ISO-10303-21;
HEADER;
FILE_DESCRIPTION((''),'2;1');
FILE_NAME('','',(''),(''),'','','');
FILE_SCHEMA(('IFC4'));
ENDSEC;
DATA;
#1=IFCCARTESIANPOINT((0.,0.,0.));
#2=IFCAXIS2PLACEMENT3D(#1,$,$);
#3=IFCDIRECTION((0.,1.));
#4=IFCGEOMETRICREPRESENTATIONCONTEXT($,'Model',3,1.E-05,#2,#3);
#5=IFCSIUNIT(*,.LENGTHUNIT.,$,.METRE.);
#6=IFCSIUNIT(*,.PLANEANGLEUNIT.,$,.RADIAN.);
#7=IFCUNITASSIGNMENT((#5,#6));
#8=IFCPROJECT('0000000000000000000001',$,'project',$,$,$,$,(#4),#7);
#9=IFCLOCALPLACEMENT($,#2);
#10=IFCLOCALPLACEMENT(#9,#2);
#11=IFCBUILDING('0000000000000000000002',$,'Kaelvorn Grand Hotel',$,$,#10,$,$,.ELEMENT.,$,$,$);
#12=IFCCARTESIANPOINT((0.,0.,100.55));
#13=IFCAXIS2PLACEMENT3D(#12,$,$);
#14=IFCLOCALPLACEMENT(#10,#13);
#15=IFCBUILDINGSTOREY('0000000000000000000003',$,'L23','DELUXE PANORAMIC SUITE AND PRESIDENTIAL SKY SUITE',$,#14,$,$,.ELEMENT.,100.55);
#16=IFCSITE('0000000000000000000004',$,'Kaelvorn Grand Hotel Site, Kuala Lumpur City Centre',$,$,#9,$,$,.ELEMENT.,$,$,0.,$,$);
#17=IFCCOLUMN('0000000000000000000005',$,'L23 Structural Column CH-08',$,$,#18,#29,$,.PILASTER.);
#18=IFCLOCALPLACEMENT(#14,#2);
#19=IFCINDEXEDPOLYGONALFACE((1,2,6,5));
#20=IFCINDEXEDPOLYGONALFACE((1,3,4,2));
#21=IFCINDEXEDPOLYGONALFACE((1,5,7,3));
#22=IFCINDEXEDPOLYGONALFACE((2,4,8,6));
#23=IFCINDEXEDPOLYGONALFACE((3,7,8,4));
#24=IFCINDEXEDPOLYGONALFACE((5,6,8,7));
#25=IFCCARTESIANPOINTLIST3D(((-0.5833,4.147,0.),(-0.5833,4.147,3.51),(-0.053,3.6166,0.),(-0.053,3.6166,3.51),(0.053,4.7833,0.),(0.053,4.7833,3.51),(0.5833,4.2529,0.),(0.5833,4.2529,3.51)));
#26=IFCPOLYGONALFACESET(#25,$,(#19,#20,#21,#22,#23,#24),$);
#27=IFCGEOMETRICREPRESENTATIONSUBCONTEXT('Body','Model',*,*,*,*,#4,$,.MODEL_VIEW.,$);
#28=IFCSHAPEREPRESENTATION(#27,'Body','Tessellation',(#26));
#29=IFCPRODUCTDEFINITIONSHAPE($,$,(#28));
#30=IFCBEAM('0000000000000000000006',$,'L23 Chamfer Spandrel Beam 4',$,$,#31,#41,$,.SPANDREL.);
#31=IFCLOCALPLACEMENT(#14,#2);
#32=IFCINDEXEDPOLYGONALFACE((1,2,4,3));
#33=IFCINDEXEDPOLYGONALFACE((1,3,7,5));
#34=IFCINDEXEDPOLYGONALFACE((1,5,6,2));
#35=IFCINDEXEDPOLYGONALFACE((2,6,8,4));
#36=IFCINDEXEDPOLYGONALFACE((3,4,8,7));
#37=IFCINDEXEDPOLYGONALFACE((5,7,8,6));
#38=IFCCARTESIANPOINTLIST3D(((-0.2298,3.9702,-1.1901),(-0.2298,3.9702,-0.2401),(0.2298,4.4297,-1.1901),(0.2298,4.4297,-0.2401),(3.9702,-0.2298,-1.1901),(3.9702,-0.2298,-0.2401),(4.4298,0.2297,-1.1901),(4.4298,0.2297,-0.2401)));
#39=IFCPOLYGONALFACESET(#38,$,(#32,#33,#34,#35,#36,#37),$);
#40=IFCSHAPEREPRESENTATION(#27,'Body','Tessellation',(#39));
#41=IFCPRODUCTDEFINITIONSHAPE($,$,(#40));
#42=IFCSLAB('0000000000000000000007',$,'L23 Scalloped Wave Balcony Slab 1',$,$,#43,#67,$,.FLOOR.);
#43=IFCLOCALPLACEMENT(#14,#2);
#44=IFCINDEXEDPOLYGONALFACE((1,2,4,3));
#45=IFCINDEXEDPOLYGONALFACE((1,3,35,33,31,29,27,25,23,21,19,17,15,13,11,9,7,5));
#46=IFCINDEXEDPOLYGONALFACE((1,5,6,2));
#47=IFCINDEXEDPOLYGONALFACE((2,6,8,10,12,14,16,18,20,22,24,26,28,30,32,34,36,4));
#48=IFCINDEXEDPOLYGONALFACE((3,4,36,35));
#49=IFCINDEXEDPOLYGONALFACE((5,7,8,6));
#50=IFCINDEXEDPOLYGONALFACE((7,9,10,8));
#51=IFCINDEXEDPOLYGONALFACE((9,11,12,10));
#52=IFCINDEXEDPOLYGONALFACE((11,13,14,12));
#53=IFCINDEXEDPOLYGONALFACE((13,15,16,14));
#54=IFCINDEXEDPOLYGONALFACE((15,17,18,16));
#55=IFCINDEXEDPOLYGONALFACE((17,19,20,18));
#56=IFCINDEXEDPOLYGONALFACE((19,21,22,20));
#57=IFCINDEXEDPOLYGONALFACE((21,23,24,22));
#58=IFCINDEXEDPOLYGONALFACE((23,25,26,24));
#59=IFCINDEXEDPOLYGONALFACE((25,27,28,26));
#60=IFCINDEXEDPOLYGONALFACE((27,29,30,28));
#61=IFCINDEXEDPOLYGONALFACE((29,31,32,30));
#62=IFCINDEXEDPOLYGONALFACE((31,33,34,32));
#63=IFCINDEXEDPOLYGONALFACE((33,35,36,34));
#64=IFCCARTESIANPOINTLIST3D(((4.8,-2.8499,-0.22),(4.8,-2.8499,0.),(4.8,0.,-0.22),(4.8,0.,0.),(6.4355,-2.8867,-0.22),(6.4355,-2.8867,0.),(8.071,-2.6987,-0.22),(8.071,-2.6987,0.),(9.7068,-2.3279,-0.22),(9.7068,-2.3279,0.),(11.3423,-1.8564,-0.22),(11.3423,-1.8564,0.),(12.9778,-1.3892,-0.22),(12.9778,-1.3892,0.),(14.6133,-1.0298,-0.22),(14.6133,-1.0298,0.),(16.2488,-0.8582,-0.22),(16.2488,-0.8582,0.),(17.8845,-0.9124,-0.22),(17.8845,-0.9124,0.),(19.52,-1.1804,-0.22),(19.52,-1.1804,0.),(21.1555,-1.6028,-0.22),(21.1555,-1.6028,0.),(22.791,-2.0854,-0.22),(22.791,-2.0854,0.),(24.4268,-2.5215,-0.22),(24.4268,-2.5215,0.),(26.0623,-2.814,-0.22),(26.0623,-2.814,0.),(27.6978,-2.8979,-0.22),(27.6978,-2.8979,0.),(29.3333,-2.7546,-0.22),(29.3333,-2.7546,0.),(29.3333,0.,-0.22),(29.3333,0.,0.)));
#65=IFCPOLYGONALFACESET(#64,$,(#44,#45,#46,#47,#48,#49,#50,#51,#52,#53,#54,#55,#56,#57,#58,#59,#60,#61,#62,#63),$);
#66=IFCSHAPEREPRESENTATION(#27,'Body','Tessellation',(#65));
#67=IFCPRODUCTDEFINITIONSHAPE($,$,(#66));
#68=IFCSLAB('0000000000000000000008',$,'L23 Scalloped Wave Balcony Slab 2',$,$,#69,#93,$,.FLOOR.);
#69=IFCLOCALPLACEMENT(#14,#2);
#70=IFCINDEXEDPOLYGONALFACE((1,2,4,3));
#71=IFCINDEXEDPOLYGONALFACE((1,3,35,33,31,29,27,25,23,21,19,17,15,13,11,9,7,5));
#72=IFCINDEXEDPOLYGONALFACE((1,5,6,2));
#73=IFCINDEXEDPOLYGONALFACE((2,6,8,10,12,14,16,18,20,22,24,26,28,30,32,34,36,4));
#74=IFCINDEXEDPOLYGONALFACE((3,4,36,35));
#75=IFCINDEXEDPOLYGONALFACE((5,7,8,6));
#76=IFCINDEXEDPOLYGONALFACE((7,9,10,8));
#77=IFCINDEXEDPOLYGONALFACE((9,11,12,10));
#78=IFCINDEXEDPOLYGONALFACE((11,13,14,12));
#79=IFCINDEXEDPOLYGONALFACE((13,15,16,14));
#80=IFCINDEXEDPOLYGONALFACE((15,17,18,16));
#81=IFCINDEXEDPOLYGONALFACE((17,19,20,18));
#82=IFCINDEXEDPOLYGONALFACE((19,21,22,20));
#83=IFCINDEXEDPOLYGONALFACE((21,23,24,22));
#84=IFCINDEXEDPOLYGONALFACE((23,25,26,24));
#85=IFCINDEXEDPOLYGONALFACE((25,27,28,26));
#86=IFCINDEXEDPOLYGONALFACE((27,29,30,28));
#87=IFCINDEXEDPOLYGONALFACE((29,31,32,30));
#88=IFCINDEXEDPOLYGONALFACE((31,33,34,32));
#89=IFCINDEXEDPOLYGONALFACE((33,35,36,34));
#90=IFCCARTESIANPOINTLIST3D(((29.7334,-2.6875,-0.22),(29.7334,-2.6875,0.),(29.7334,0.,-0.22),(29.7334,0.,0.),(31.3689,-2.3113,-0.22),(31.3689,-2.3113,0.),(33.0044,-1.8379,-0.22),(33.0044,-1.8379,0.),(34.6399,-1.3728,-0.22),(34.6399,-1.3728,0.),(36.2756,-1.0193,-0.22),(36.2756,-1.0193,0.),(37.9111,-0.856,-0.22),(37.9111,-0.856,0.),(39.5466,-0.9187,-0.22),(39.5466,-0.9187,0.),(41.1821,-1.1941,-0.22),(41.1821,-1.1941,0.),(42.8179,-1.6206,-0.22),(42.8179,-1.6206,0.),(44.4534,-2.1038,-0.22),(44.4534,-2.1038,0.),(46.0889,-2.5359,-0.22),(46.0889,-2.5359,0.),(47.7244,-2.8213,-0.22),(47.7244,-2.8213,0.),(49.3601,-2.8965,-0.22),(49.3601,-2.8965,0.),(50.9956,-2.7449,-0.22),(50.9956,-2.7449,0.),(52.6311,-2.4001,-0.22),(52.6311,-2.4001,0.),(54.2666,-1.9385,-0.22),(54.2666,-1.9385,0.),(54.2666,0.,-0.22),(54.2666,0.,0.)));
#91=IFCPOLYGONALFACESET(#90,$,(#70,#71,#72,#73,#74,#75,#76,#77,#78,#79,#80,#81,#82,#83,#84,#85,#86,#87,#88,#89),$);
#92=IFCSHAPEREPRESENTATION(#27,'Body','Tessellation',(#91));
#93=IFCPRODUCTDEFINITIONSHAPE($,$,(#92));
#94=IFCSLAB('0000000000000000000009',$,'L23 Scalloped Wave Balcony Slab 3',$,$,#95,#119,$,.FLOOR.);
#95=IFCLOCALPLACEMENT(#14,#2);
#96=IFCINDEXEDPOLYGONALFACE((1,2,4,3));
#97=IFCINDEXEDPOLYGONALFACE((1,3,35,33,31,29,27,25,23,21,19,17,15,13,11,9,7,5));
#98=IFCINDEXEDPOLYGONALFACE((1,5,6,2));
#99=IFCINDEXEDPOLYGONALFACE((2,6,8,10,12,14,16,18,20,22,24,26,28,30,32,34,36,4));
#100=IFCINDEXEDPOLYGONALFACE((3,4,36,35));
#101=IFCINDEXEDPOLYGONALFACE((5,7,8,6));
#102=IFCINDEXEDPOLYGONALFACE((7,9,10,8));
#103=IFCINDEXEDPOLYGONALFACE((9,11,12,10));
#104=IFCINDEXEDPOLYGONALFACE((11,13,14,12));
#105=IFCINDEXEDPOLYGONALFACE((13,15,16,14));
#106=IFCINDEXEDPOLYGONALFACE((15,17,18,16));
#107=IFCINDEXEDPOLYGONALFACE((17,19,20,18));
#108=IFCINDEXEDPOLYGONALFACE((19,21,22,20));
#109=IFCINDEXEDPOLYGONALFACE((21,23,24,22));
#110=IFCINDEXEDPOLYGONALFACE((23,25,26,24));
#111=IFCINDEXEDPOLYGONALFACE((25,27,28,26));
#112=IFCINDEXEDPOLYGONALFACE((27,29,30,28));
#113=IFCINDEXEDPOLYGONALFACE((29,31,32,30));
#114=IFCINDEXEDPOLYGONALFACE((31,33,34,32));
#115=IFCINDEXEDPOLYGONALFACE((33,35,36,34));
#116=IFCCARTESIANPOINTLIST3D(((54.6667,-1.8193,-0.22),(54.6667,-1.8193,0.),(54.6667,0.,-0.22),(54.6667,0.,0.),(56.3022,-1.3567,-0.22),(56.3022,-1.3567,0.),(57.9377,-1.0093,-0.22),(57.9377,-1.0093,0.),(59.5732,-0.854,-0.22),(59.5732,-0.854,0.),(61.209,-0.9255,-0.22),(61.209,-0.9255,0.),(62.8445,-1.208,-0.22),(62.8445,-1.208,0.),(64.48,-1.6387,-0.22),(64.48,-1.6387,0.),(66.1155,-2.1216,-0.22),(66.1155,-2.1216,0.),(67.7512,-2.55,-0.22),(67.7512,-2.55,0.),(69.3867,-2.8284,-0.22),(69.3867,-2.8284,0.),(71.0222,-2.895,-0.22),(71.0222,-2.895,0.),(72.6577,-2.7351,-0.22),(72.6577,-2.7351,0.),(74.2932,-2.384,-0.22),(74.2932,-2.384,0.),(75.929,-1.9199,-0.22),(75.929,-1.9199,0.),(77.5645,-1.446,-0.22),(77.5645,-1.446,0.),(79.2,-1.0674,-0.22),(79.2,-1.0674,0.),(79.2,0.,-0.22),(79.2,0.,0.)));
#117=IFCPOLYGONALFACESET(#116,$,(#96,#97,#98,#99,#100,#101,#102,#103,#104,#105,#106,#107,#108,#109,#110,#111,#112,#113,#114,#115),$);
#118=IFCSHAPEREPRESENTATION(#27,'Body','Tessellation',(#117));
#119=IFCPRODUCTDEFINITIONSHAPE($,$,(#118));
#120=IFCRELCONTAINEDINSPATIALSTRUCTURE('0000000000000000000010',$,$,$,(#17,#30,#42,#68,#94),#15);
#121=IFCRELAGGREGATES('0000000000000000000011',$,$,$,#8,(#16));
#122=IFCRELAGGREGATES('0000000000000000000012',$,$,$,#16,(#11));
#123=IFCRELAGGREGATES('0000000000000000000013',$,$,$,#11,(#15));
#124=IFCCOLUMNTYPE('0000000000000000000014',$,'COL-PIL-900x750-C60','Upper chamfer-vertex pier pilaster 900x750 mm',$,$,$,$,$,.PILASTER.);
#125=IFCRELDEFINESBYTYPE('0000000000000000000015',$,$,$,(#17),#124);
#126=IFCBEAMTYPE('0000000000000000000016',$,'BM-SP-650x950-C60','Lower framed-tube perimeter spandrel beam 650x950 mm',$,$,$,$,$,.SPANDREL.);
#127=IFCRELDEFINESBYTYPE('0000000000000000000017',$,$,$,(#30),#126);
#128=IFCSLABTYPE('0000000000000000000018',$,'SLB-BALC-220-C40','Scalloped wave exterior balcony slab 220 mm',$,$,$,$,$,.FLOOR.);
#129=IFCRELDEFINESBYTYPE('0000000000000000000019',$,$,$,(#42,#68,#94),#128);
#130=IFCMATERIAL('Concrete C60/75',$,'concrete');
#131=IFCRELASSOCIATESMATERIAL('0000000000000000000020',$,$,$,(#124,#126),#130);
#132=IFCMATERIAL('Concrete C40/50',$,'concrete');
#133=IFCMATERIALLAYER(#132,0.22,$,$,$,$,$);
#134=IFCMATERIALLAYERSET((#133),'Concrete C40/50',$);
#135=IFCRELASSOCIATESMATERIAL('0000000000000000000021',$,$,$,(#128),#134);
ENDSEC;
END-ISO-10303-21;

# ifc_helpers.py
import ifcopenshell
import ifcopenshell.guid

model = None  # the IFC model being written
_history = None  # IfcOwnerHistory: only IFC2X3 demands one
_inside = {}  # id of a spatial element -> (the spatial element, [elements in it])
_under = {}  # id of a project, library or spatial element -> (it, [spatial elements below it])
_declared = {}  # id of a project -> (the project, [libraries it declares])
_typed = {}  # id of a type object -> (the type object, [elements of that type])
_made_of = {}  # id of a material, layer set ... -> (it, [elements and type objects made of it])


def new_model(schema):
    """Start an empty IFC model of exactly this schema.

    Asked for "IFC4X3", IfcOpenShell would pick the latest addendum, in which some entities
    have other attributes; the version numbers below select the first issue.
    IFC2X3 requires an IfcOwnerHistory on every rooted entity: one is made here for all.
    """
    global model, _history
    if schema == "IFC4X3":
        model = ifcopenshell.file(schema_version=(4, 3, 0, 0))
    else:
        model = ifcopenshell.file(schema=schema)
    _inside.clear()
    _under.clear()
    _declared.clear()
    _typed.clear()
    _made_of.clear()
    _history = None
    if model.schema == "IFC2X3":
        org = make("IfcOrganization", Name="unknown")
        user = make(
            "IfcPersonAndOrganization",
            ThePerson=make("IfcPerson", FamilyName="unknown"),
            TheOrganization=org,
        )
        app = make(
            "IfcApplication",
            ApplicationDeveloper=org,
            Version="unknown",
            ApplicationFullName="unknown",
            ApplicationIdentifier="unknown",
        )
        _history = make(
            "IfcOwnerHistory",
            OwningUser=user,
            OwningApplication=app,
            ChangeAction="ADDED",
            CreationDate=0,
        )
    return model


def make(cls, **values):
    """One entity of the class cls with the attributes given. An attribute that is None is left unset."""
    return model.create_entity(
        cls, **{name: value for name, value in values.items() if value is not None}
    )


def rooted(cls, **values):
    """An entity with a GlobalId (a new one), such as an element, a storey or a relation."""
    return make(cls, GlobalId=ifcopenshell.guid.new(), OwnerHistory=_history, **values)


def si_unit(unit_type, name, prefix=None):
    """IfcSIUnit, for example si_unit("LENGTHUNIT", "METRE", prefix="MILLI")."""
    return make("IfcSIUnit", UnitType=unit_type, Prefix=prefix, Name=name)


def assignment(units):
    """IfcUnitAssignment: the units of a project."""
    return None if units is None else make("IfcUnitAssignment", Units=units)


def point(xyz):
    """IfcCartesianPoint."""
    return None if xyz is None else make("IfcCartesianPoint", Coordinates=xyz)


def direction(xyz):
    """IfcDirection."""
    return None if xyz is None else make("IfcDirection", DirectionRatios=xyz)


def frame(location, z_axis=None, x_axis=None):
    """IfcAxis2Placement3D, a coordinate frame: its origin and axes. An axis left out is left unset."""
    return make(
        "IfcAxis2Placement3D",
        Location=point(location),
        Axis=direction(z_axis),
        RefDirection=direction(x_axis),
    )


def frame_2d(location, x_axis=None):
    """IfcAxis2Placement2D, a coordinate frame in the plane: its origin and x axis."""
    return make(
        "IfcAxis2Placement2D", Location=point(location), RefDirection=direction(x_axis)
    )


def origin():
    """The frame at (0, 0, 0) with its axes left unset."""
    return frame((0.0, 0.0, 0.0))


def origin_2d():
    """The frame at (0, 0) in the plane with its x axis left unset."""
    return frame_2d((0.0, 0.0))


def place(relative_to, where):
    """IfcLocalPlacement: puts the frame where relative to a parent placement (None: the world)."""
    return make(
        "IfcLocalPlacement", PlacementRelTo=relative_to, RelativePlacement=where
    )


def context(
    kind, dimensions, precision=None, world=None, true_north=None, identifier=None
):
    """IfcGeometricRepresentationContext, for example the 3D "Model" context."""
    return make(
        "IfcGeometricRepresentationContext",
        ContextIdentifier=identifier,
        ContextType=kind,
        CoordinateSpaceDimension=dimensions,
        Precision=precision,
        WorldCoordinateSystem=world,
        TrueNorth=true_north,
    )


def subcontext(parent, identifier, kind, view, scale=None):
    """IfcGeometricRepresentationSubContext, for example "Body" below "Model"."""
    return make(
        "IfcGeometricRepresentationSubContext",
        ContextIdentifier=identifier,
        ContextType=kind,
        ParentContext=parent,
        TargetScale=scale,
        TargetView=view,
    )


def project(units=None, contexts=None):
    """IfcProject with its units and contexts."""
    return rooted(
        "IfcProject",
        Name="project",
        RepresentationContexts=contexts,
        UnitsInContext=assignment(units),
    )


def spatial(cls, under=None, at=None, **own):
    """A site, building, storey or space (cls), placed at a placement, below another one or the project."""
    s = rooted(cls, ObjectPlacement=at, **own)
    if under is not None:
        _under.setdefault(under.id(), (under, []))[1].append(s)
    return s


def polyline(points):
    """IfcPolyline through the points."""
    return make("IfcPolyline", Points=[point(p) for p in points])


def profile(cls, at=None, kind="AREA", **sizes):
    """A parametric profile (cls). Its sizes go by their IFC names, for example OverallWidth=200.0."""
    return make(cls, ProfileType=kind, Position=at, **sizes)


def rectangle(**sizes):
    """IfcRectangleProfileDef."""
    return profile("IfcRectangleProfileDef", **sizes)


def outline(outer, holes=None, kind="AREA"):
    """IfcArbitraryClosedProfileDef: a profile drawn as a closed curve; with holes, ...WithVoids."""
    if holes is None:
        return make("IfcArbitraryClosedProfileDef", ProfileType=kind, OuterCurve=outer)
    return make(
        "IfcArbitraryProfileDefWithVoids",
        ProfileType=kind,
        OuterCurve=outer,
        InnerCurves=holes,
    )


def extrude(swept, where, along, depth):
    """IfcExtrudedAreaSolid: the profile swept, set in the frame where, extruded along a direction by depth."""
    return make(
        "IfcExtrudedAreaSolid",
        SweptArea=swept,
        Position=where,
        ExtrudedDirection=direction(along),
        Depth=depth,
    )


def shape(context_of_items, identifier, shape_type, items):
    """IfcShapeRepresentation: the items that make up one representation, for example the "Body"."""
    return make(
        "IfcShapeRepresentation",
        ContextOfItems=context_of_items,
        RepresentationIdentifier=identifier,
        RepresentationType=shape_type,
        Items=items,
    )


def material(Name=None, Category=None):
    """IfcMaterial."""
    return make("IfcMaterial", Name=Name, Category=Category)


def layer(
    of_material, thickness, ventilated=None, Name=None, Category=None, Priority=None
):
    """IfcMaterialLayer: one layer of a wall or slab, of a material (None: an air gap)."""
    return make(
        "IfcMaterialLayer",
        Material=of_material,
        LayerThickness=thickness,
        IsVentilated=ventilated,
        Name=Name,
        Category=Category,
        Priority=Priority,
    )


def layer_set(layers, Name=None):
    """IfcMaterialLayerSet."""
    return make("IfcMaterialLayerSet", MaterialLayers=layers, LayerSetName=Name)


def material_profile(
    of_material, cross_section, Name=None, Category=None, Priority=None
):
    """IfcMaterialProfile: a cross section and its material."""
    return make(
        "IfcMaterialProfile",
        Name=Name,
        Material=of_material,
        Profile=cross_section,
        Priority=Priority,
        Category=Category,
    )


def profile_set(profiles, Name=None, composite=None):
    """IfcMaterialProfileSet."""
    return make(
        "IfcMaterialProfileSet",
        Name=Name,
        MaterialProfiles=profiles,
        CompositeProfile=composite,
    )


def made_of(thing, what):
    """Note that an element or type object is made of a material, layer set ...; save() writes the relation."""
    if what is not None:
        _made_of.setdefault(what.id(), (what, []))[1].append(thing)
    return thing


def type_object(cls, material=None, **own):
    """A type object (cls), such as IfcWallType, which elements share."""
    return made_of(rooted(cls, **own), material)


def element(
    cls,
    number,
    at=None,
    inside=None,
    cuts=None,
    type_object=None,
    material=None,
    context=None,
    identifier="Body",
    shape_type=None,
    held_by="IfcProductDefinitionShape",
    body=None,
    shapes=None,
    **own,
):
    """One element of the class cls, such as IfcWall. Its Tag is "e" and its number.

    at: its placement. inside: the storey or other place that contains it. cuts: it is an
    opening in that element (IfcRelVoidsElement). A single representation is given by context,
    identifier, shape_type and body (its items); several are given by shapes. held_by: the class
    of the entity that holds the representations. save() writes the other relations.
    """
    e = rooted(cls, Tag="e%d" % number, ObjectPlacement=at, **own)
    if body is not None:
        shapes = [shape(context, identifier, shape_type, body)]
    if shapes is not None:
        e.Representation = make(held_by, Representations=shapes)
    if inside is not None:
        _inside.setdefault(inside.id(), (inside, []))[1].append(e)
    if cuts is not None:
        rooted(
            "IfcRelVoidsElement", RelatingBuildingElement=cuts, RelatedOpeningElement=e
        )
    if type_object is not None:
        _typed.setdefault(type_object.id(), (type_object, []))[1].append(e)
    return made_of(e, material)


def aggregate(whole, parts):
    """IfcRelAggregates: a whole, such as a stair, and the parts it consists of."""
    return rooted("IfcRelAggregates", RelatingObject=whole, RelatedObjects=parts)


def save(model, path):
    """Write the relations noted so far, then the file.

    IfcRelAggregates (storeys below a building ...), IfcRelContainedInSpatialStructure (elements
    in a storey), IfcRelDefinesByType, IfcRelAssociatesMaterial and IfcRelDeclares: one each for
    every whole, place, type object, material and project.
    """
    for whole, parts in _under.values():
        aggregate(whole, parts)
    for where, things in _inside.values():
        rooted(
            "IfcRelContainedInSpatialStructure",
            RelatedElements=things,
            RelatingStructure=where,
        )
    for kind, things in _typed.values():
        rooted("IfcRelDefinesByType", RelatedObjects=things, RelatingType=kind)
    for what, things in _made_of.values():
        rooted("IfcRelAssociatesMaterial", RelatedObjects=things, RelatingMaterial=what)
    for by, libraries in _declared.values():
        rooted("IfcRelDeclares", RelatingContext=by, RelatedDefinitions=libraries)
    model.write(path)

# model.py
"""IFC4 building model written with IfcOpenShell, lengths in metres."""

from ifc_helpers import new_model, si_unit, direction, frame, origin, origin_2d, place, context, subcontext, project, spatial, polyline, rectangle, outline, extrude, material, layer, layer_set, material_profile, profile_set, type_object, element, save


model = new_model("IFC4")

# Units and contexts
model_context = context("Model", 3, precision=1e-05, world=origin(), true_north=direction((0.0, 1.0)))
body_context = subcontext(model_context, "Body", "Model", "MODEL_VIEW")
ifc_project = project(units=[si_unit("LENGTHUNIT", "METRE"), si_unit("PLANEANGLEUNIT", "RADIAN")], contexts=[model_context])

# Site, building, storey
site_placement = place(None, origin())
site = spatial("IfcSite", under=ifc_project, at=site_placement, Name="Kaelvorn Grand Hotel Site, Kuala Lumpur City Centre", CompositionType="ELEMENT", RefElevation=0.0)
building_placement = place(site_placement, origin())
building = spatial("IfcBuilding", under=site, at=building_placement, Name="Kaelvorn Grand Hotel", CompositionType="ELEMENT")
storey_placement = place(building_placement, frame((0.0, 0.0, 100.55)))
storey = spatial("IfcBuildingStorey", under=building, at=storey_placement, Name="L23", Description="DELUXE PANORAMIC SUITE AND PRESIDENTIAL SKY SUITE", CompositionType="ELEMENT", Elevation=100.55)

# Column
ifc_material_1 = material(Name="Concrete C60/75", Category="concrete")
ifc_material_profile_1 = material_profile(ifc_material_1, rectangle(XDim=0.8999, YDim=0.75, at=origin_2d()), Name="RC PILASTER 900x750")
ifc_profile_set_1 = profile_set([ifc_material_profile_1], Name="Concrete C60/75")
column_type = type_object("IfcColumnType", Name="COL-PIL-900x750-C60", Description="Upper chamfer-vertex pier pilaster 900x750 mm", PredefinedType="PILASTER", material=ifc_profile_set_1)
column_placement = place(storey_placement, frame((0.0, 4.2, 0.0), z_axis=(0.0, 0.0, 1.0), x_axis=(0.707107, 0.707107, 0.0)))
element("IfcColumn", 1, at=column_placement, inside=storey, type_object=column_type, Name="L23 Structural Column CH-08", PredefinedType="PILASTER", context=body_context, shape_type="SweptSolid", body=[
    extrude(rectangle(XDim=0.8999, YDim=0.75, at=origin_2d()), origin(), (0.0, 0.0, 1.0), 3.51),
])

# Beam
ifc_material_profile_2 = material_profile(ifc_material_1, rectangle(XDim=0.6499, YDim=0.95, at=origin_2d()), Name="RC SPANDREL 650x950")
ifc_profile_set_2 = profile_set([ifc_material_profile_2], Name="Concrete C60/75")
beam_type = type_object("IfcBeamType", Name="BM-SP-650x950-C60", Description="Lower framed-tube perimeter spandrel beam 650x950 mm", PredefinedType="SPANDREL", material=ifc_profile_set_2)
beam_placement = place(storey_placement, frame((0.0, 4.2, -0.7151), z_axis=(0.707107, -0.707107, 0.0), x_axis=(0.707107, 0.707107, 0.0)))
element("IfcBeam", 2, at=beam_placement, inside=storey, type_object=beam_type, Name="L23 Chamfer Spandrel Beam 4", PredefinedType="SPANDREL", context=body_context, shape_type="SweptSolid", body=[
    extrude(rectangle(XDim=0.6499, YDim=0.95, at=origin_2d()), origin(), (0.0, 0.0, 1.0), 5.9397),
])

# Slabs
ifc_material_2 = material(Name="Concrete C40/50", Category="concrete")
ifc_layer_1 = layer(ifc_material_2, 0.22)
ifc_layer_set_1 = layer_set([ifc_layer_1], Name="Concrete C40/50")
slab_type_1 = type_object("IfcSlabType", Name="SLB-BALC-220-C40", Description="Scalloped wave exterior balcony slab 220 mm", PredefinedType="FLOOR", material=ifc_layer_set_1)
slab_1_placement = place(storey_placement, frame((0.0, 0.0, -0.22)))
element("IfcSlab", 3, at=slab_1_placement, inside=storey, type_object=slab_type_1, Name="L23 Scalloped Wave Balcony Slab 1", PredefinedType="FLOOR", context=body_context, shape_type="SweptSolid", body=[
    extrude(outline(polyline([(4.8, -2.8499), (6.4355, -2.8867), (8.071, -2.6987), (9.7068, -2.3279), (11.3423, -1.8564), (12.9778, -1.3892), (14.6133, -1.0298), (16.2488, -0.8582), (17.8845, -0.9124), (19.52, -1.1804), (21.1555, -1.6028), (22.791, -2.0854), (24.4268, -2.5215), (26.0623, -2.814), (27.6978, -2.8979), (29.3333, -2.7546), (29.3333, 0.0), (4.8, 0.0), (4.8, -2.8499)])), origin(), (0.0, 0.0, 1.0), 0.22),
])
slab_2_placement = place(storey_placement, frame((0.0, 0.0, -0.22)))
element("IfcSlab", 4, at=slab_2_placement, inside=storey, type_object=slab_type_1, Name="L23 Scalloped Wave Balcony Slab 2", PredefinedType="FLOOR", context=body_context, shape_type="SweptSolid", body=[
    extrude(outline(polyline([(29.7334, -2.6875), (31.3689, -2.3113), (33.0044, -1.8379), (34.6399, -1.3728), (36.2756, -1.0193), (37.9111, -0.856), (39.5466, -0.9187), (41.1821, -1.1941), (42.8179, -1.6206), (44.4534, -2.1038), (46.0889, -2.5359), (47.7244, -2.8213), (49.3601, -2.8965), (50.9956, -2.7449), (52.6311, -2.4001), (54.2666, -1.9385), (54.2666, 0.0), (29.7334, 0.0), (29.7334, -2.6875)])), origin(), (0.0, 0.0, 1.0), 0.22),
])
slab_3_placement = place(storey_placement, frame((0.0, 0.0, -0.22)))
element("IfcSlab", 5, at=slab_3_placement, inside=storey, type_object=slab_type_1, Name="L23 Scalloped Wave Balcony Slab 3", PredefinedType="FLOOR", context=body_context, shape_type="SweptSolid", body=[
    extrude(outline(polyline([(54.6667, -1.8193), (56.3022, -1.3567), (57.9377, -1.0093), (59.5732, -0.854), (61.209, -0.9255), (62.8445, -1.208), (64.48, -1.6387), (66.1155, -2.1216), (67.7512, -2.55), (69.3867, -2.8284), (71.0222, -2.895), (72.6577, -2.7351), (74.2932, -2.384), (75.929, -1.9199), (77.5645, -1.446), (79.2, -1.0674), (79.2, 0.0), (54.6667, 0.0), (54.6667, -1.8193)])), origin(), (0.0, 0.0, 1.0), 0.22),
])

save(model, "model.ifc")
